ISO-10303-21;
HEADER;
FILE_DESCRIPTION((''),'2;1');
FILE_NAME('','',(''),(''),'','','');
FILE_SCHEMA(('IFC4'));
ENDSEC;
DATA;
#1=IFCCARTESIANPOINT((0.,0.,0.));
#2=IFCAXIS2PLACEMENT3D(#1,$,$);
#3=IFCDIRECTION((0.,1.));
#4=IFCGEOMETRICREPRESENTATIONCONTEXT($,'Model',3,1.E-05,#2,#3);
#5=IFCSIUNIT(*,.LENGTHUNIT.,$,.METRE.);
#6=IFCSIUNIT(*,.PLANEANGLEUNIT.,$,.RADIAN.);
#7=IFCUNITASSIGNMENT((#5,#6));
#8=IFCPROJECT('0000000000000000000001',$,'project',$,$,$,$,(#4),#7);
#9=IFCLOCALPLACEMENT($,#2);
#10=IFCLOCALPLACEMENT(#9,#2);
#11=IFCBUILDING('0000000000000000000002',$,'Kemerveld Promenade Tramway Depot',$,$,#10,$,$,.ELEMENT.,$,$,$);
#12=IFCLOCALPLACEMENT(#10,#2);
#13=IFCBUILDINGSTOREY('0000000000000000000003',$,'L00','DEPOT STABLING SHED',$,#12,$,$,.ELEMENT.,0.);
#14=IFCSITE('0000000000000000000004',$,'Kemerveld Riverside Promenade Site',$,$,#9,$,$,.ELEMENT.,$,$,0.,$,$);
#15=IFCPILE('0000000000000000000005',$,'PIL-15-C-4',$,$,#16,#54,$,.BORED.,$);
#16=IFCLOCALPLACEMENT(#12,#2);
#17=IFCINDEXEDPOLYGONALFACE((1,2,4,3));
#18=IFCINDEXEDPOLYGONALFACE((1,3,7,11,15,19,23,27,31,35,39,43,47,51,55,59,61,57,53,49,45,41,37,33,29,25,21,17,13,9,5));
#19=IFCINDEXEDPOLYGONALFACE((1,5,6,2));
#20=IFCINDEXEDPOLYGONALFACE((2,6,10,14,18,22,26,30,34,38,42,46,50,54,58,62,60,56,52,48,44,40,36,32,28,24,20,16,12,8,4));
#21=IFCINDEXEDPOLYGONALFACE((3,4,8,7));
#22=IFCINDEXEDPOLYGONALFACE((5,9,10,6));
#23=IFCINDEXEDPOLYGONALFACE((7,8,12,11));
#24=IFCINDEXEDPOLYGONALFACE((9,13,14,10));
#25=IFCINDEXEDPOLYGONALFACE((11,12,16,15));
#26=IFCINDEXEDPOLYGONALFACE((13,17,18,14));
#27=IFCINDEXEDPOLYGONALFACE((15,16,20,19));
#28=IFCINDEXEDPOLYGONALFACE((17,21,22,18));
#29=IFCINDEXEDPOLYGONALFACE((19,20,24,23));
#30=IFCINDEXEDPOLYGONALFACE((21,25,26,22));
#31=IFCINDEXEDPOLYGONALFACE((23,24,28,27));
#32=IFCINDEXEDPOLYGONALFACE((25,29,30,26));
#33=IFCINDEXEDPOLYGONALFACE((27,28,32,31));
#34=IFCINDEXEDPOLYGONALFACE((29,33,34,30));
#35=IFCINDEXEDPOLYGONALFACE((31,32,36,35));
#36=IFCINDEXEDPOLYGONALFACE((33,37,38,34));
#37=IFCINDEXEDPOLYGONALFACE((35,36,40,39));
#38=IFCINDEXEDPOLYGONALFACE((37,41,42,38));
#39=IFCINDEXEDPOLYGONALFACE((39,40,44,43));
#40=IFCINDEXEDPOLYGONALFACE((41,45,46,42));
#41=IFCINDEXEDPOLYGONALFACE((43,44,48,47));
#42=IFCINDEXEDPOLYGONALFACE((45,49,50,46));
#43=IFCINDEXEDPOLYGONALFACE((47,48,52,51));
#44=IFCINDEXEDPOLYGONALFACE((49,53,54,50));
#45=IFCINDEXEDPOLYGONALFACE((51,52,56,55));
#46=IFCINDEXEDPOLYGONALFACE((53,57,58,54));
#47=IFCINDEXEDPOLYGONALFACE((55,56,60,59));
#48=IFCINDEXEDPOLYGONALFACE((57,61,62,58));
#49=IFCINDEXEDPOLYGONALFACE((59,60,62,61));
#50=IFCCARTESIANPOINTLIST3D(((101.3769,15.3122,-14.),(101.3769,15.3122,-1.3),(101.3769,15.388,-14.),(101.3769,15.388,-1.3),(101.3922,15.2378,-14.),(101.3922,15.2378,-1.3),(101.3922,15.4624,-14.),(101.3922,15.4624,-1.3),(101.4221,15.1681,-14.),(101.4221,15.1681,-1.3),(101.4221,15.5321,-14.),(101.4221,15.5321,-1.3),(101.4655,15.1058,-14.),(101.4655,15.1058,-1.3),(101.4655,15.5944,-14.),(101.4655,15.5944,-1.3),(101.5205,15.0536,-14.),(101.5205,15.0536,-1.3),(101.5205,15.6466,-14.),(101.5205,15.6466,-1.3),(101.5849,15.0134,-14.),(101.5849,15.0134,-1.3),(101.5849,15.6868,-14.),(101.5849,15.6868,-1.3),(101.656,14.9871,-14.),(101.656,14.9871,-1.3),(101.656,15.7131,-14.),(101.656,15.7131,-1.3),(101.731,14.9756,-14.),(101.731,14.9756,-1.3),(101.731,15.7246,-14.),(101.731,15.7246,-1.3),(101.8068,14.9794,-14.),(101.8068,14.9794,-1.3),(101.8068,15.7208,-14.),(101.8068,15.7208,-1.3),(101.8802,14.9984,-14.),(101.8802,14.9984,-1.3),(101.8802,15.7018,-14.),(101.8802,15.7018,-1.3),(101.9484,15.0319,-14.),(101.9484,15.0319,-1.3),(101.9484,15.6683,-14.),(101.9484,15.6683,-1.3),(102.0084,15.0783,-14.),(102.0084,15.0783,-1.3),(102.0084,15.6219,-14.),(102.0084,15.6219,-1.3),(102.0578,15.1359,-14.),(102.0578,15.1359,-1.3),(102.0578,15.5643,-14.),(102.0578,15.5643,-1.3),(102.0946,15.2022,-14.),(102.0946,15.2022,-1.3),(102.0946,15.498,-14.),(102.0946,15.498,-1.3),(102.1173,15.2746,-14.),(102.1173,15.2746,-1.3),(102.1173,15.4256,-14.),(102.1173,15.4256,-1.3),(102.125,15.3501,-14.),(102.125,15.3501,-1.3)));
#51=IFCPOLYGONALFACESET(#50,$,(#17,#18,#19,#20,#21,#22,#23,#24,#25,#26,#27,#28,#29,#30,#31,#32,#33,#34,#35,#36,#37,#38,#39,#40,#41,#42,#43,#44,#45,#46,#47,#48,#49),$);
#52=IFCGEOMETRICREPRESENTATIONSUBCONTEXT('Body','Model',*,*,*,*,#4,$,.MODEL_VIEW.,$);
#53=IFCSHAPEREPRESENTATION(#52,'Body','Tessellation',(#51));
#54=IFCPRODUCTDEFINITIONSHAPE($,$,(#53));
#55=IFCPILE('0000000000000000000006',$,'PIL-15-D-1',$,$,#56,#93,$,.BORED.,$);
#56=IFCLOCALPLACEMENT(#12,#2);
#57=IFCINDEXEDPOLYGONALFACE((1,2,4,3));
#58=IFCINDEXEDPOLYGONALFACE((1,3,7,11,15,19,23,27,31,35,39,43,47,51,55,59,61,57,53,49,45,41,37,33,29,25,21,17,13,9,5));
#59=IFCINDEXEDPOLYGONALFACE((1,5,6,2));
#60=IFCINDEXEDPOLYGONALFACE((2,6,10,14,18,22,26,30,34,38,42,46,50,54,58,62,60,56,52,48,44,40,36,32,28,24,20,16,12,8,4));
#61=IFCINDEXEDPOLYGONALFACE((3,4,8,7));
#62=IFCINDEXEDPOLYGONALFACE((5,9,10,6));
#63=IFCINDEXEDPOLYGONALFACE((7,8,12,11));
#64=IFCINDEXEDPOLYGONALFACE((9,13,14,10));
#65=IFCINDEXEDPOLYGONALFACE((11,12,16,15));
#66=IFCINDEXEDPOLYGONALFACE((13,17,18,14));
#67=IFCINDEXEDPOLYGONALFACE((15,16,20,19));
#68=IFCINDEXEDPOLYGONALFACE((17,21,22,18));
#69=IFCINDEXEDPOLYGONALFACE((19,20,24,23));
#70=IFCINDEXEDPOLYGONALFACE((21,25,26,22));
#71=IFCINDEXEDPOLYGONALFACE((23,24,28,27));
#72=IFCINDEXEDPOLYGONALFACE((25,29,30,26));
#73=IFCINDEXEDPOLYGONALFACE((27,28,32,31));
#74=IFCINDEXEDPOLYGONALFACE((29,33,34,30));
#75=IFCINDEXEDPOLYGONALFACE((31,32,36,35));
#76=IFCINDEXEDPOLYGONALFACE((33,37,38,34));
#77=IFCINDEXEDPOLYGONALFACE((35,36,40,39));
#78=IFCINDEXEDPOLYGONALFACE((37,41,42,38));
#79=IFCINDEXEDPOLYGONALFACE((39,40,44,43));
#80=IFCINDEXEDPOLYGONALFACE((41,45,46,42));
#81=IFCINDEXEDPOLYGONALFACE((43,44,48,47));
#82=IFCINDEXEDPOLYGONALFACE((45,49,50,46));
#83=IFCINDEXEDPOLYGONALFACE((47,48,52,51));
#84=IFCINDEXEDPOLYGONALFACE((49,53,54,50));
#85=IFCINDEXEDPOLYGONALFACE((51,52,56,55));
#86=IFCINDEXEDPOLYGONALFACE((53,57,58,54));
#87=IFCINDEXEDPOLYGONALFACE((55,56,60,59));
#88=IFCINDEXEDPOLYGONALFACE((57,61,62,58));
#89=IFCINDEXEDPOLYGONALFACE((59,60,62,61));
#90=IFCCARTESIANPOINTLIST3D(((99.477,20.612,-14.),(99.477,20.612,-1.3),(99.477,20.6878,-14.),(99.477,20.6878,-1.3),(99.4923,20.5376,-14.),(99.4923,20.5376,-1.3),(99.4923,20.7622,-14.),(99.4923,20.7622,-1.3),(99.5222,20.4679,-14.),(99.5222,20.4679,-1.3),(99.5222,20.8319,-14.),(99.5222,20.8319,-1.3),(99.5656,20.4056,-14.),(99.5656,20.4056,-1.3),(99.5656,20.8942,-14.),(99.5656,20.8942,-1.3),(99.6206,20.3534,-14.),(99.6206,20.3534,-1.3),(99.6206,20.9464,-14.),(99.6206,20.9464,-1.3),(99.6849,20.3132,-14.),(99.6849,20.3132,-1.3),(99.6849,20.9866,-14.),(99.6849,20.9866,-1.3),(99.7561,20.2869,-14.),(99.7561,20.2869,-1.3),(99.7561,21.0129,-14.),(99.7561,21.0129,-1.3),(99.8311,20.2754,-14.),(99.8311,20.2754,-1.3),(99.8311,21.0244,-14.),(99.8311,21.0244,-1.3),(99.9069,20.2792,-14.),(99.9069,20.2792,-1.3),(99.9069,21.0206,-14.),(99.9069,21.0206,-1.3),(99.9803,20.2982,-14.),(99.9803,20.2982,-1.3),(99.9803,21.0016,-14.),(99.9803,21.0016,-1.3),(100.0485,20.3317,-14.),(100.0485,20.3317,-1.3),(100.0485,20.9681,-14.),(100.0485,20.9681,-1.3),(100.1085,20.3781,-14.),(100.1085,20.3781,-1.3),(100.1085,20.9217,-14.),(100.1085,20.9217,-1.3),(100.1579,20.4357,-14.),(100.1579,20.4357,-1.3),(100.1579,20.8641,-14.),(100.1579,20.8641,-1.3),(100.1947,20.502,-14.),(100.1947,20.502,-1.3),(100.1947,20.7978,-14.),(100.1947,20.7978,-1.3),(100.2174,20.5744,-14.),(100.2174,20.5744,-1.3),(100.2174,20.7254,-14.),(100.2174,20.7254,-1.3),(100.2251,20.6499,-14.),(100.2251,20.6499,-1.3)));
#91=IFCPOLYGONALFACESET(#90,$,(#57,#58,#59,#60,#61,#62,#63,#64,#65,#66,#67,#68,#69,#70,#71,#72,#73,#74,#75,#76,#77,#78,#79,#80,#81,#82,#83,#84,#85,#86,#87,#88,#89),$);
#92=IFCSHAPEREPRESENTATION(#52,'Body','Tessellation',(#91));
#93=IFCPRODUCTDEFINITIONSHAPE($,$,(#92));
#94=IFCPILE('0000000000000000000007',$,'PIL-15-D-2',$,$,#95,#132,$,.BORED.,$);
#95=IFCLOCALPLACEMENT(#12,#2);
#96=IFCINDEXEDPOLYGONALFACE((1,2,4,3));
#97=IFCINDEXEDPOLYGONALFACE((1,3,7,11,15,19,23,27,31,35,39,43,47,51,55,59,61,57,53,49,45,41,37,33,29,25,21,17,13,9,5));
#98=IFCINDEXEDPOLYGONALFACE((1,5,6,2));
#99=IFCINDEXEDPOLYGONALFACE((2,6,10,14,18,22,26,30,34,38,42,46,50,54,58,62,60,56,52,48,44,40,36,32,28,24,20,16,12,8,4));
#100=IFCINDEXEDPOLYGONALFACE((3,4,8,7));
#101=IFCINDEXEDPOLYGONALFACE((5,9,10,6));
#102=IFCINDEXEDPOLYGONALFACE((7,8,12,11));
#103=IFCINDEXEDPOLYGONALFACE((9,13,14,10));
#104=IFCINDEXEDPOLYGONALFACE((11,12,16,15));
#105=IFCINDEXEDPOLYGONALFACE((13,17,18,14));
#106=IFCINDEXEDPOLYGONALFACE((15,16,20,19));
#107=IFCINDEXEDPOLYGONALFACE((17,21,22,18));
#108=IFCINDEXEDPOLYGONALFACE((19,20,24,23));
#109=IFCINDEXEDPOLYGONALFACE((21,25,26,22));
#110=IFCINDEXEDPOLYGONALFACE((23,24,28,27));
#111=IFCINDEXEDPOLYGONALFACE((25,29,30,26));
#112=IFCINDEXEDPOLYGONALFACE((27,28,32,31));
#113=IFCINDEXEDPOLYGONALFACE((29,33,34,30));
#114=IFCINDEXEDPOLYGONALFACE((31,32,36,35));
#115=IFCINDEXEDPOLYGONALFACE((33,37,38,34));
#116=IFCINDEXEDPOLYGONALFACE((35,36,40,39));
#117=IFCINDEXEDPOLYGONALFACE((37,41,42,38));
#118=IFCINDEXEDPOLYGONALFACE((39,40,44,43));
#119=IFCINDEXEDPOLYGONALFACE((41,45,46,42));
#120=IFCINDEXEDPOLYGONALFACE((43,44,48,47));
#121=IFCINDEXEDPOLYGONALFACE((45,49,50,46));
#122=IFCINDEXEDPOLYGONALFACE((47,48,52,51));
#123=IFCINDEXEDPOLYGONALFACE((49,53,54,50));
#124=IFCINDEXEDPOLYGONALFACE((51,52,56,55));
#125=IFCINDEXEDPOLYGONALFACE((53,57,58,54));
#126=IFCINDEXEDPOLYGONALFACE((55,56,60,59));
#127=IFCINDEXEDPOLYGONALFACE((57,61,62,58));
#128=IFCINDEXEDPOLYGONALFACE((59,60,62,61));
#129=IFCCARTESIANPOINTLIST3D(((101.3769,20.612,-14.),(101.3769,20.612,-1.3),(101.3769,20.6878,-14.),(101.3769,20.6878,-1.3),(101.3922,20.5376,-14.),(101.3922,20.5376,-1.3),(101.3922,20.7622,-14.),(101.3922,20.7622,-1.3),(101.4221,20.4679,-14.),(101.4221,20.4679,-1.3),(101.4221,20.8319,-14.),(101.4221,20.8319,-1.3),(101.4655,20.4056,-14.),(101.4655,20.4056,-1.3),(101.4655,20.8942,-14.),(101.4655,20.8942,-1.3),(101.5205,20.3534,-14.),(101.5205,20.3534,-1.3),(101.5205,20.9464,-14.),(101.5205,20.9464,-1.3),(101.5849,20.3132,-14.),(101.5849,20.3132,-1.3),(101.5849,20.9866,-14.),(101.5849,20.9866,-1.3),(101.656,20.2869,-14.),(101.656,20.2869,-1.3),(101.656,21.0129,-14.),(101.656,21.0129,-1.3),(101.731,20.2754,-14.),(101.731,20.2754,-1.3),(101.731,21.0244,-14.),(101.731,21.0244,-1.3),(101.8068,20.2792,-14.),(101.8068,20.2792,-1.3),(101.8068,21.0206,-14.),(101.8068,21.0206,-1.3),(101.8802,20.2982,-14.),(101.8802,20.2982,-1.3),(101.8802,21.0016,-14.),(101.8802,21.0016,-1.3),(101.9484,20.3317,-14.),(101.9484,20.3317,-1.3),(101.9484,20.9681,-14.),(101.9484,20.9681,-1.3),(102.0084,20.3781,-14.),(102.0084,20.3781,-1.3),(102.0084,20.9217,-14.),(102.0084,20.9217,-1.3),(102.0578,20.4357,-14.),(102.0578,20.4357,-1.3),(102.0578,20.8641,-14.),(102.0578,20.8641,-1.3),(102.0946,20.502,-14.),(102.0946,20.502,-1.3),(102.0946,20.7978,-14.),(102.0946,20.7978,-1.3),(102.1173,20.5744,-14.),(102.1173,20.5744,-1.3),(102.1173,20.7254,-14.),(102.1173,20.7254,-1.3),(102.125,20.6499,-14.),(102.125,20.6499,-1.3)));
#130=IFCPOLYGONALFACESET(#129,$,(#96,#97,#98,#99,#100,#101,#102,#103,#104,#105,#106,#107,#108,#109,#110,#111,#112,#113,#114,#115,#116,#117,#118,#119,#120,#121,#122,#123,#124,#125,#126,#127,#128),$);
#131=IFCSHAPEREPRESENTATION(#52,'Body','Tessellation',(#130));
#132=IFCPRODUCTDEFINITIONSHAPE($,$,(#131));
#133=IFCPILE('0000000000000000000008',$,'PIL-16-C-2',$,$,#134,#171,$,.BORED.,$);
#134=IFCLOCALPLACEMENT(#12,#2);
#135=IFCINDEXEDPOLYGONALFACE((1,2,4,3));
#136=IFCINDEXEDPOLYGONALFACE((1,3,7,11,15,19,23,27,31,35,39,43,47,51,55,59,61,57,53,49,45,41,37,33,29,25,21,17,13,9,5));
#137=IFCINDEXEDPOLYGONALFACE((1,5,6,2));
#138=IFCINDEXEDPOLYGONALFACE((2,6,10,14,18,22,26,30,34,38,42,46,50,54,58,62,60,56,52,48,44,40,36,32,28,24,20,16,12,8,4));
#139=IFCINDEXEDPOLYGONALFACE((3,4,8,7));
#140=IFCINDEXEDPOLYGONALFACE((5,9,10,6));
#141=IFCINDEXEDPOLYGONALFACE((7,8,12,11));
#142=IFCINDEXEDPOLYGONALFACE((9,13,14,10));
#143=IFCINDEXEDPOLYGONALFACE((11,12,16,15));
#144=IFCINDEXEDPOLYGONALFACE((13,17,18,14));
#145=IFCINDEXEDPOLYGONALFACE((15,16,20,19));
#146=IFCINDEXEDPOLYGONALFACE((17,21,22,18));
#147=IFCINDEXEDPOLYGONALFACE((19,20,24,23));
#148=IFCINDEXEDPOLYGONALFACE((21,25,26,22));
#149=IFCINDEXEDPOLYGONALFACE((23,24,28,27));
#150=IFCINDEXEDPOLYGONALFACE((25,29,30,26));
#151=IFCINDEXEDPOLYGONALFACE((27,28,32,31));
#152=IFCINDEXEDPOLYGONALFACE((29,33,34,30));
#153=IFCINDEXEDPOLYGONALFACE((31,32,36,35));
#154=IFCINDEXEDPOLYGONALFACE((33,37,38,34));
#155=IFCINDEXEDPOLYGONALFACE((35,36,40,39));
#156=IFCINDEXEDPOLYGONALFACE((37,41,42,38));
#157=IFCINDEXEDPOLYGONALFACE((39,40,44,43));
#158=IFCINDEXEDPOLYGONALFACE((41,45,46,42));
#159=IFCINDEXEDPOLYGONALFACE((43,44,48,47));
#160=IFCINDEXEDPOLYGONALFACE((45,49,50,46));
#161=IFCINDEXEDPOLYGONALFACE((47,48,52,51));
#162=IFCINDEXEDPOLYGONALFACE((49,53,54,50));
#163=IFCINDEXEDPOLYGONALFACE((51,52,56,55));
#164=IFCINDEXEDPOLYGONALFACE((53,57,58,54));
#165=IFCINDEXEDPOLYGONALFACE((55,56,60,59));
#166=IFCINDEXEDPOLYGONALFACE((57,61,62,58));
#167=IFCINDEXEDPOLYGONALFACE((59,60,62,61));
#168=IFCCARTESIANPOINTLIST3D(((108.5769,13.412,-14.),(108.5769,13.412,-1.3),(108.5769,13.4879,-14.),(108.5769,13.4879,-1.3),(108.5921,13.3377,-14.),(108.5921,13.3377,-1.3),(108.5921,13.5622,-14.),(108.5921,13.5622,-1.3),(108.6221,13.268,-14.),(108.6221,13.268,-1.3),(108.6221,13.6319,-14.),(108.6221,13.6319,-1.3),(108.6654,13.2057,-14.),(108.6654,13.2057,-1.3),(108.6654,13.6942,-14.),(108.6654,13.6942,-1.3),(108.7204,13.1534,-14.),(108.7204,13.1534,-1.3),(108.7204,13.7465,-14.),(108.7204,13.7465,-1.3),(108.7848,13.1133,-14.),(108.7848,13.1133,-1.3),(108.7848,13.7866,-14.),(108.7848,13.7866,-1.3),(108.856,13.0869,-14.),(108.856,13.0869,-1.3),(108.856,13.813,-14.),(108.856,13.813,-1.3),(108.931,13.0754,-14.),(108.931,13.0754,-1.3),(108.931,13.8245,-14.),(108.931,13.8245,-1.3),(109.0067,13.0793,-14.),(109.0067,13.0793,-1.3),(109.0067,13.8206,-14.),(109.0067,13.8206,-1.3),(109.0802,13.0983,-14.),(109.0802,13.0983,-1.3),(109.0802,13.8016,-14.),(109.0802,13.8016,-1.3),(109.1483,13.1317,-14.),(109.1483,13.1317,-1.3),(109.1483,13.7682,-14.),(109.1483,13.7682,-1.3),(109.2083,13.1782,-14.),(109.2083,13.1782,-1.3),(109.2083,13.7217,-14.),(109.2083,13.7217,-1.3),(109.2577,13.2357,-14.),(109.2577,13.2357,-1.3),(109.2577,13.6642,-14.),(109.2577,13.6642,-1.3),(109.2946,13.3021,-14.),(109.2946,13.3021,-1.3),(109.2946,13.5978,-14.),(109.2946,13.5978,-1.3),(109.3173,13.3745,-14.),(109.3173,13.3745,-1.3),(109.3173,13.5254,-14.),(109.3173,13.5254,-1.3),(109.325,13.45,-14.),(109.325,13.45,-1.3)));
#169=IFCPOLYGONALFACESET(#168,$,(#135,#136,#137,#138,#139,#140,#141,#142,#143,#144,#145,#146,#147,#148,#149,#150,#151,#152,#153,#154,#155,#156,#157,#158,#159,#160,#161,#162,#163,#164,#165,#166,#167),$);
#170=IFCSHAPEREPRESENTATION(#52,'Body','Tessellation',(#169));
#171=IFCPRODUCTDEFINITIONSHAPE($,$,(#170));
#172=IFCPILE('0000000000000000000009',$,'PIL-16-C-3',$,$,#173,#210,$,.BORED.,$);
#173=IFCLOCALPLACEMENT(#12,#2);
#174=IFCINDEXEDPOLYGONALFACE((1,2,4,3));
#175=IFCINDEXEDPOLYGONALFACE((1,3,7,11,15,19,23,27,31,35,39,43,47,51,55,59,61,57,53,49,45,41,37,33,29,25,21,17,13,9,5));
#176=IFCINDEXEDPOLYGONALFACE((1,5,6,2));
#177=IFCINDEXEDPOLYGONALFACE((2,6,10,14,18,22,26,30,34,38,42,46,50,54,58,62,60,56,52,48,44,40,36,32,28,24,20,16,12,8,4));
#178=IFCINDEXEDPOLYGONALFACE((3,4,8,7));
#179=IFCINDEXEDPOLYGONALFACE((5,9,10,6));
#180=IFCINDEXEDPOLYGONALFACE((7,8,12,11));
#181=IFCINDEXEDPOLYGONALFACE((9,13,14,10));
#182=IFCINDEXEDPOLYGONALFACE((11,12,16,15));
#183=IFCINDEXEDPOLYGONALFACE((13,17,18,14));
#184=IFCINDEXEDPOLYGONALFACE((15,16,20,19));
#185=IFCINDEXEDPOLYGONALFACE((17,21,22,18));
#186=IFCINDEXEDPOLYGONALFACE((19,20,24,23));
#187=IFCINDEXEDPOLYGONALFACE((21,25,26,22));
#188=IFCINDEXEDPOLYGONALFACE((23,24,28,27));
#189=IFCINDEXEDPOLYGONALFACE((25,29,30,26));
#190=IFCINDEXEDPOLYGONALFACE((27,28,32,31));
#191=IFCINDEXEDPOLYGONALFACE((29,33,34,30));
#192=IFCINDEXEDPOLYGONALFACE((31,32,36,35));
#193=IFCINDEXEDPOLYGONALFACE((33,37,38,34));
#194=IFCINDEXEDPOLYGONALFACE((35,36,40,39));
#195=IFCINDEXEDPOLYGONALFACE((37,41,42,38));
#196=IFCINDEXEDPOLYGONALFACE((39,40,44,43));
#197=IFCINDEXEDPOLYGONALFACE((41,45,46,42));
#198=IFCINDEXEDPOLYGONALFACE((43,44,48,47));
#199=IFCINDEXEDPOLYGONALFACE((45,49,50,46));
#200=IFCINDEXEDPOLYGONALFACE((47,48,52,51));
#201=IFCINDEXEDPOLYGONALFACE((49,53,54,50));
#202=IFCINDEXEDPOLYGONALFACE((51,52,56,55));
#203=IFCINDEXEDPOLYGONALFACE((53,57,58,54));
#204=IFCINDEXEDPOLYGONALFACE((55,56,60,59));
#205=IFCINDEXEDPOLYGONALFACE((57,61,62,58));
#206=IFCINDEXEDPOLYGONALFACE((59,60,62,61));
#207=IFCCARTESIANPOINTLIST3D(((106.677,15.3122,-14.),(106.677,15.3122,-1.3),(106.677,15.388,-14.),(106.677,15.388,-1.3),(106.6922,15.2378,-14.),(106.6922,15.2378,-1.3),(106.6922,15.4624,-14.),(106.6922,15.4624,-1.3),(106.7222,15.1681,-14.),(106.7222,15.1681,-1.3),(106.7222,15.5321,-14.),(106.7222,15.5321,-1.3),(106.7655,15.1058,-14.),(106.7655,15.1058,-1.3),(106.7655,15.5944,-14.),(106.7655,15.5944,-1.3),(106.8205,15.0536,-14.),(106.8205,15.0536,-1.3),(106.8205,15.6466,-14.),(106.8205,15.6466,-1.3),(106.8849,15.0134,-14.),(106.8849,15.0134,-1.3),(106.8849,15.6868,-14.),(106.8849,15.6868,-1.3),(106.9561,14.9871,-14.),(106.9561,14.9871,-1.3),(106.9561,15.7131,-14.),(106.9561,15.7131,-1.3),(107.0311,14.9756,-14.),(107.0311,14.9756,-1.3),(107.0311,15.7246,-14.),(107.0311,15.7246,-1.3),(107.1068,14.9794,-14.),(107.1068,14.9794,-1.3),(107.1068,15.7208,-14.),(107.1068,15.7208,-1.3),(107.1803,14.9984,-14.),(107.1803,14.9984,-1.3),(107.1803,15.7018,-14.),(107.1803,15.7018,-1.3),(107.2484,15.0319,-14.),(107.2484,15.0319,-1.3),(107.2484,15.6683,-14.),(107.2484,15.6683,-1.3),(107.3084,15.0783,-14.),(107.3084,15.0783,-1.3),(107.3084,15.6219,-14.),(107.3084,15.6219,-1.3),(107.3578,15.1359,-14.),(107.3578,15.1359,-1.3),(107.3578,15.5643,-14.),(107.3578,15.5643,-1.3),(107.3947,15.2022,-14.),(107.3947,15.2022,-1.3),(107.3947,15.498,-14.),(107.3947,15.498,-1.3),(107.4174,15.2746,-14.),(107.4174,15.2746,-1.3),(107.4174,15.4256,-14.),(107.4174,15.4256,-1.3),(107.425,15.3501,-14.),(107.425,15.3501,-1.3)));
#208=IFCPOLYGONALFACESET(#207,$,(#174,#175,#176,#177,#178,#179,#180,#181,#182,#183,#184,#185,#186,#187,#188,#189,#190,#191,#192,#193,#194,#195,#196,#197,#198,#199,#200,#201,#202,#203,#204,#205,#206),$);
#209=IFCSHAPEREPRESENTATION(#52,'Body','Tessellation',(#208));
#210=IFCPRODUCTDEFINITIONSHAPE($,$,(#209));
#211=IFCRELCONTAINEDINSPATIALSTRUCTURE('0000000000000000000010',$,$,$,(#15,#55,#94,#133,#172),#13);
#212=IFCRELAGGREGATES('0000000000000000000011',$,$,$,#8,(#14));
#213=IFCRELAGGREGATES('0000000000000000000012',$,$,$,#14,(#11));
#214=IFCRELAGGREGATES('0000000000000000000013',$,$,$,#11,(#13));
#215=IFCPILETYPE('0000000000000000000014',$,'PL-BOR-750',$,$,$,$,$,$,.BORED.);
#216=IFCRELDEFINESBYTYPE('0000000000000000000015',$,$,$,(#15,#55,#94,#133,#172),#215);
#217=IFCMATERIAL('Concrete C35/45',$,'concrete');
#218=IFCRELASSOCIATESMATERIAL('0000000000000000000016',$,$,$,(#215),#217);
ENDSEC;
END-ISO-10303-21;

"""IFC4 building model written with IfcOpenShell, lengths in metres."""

from ifc_helpers import new_model, si_unit, direction, frame, origin, origin_2d, place, context, subcontext, project, spatial, circle, extrude, material, material_profile, profile_set, type_object, element, save


model = new_model("IFC4")

# Units and contexts
model_context = context("Model", 3, precision=1e-05, world=origin(), true_north=direction((0.0, 1.0)))
body_context = subcontext(model_context, "Body", "Model", "MODEL_VIEW")
ifc_project = project(units=[si_unit("LENGTHUNIT", "METRE"), si_unit("PLANEANGLEUNIT", "RADIAN")], contexts=[model_context])

# Site, building, storey
site_placement = place(None, origin())
site = spatial("IfcSite", under=ifc_project, at=site_placement, Name="Kemerveld Riverside Promenade Site", CompositionType="ELEMENT", RefElevation=0.0)
building_placement = place(site_placement, origin())
building = spatial("IfcBuilding", under=site, at=building_placement, Name="Kemerveld Promenade Tramway Depot", CompositionType="ELEMENT")
storey_placement = place(building_placement, origin())
storey = spatial("IfcBuildingStorey", under=building, at=storey_placement, Name="L00", Description="DEPOT STABLING SHED", CompositionType="ELEMENT", Elevation=0.0)

# Shared definitions
ifc_material_1 = material(Name="Concrete C35/45", Category="concrete")

# Piles
ifc_material_profile_1 = material_profile(ifc_material_1, circle(Radius=0.375, at=origin_2d()), Name="PILE-D750")
ifc_profile_set_1 = profile_set([ifc_material_profile_1], Name="Concrete C35/45")
pile_type = type_object("IfcPileType", Name="PL-BOR-750", PredefinedType="BORED", material=ifc_profile_set_1)
for number, where, z_axis, x_axis, name in (
    (1, (101.75, 15.3501, -1.3), (0.0, 0.0, -1.0), (1.0, 0.0, 0.0), "PIL-15-C-4"),
    (2, (99.8501, 20.6499, -1.3), (0.0, 0.0, -1.0), (1.0, 0.0, 0.0), "PIL-15-D-1"),
    (3, (101.75, 20.6499, -1.3), (0.0, 0.0, -1.0), (1.0, 0.0, 0.0), "PIL-15-D-2"),
    (4, (108.95, 13.45, -1.3), (0.0, 0.0, -1.0), (1.0, 0.0, 0.0), "PIL-16-C-2"),
    (5, (107.05, 15.3501, -1.3), (0.0, 0.0, -1.0), (1.0, 0.0, 0.0), "PIL-16-C-3"),
):
    element("IfcPile", number, at=place(storey_placement, frame(where, z_axis=z_axis, x_axis=x_axis)), inside=storey, type_object=pile_type, Name=name, PredefinedType="BORED", context=body_context, shape_type="SweptSolid", body=[
        extrude(circle(Radius=0.375, at=origin_2d()), origin(), (0.0, 0.0, 1.0), 12.7),
    ])

save(model, "model.ifc")
